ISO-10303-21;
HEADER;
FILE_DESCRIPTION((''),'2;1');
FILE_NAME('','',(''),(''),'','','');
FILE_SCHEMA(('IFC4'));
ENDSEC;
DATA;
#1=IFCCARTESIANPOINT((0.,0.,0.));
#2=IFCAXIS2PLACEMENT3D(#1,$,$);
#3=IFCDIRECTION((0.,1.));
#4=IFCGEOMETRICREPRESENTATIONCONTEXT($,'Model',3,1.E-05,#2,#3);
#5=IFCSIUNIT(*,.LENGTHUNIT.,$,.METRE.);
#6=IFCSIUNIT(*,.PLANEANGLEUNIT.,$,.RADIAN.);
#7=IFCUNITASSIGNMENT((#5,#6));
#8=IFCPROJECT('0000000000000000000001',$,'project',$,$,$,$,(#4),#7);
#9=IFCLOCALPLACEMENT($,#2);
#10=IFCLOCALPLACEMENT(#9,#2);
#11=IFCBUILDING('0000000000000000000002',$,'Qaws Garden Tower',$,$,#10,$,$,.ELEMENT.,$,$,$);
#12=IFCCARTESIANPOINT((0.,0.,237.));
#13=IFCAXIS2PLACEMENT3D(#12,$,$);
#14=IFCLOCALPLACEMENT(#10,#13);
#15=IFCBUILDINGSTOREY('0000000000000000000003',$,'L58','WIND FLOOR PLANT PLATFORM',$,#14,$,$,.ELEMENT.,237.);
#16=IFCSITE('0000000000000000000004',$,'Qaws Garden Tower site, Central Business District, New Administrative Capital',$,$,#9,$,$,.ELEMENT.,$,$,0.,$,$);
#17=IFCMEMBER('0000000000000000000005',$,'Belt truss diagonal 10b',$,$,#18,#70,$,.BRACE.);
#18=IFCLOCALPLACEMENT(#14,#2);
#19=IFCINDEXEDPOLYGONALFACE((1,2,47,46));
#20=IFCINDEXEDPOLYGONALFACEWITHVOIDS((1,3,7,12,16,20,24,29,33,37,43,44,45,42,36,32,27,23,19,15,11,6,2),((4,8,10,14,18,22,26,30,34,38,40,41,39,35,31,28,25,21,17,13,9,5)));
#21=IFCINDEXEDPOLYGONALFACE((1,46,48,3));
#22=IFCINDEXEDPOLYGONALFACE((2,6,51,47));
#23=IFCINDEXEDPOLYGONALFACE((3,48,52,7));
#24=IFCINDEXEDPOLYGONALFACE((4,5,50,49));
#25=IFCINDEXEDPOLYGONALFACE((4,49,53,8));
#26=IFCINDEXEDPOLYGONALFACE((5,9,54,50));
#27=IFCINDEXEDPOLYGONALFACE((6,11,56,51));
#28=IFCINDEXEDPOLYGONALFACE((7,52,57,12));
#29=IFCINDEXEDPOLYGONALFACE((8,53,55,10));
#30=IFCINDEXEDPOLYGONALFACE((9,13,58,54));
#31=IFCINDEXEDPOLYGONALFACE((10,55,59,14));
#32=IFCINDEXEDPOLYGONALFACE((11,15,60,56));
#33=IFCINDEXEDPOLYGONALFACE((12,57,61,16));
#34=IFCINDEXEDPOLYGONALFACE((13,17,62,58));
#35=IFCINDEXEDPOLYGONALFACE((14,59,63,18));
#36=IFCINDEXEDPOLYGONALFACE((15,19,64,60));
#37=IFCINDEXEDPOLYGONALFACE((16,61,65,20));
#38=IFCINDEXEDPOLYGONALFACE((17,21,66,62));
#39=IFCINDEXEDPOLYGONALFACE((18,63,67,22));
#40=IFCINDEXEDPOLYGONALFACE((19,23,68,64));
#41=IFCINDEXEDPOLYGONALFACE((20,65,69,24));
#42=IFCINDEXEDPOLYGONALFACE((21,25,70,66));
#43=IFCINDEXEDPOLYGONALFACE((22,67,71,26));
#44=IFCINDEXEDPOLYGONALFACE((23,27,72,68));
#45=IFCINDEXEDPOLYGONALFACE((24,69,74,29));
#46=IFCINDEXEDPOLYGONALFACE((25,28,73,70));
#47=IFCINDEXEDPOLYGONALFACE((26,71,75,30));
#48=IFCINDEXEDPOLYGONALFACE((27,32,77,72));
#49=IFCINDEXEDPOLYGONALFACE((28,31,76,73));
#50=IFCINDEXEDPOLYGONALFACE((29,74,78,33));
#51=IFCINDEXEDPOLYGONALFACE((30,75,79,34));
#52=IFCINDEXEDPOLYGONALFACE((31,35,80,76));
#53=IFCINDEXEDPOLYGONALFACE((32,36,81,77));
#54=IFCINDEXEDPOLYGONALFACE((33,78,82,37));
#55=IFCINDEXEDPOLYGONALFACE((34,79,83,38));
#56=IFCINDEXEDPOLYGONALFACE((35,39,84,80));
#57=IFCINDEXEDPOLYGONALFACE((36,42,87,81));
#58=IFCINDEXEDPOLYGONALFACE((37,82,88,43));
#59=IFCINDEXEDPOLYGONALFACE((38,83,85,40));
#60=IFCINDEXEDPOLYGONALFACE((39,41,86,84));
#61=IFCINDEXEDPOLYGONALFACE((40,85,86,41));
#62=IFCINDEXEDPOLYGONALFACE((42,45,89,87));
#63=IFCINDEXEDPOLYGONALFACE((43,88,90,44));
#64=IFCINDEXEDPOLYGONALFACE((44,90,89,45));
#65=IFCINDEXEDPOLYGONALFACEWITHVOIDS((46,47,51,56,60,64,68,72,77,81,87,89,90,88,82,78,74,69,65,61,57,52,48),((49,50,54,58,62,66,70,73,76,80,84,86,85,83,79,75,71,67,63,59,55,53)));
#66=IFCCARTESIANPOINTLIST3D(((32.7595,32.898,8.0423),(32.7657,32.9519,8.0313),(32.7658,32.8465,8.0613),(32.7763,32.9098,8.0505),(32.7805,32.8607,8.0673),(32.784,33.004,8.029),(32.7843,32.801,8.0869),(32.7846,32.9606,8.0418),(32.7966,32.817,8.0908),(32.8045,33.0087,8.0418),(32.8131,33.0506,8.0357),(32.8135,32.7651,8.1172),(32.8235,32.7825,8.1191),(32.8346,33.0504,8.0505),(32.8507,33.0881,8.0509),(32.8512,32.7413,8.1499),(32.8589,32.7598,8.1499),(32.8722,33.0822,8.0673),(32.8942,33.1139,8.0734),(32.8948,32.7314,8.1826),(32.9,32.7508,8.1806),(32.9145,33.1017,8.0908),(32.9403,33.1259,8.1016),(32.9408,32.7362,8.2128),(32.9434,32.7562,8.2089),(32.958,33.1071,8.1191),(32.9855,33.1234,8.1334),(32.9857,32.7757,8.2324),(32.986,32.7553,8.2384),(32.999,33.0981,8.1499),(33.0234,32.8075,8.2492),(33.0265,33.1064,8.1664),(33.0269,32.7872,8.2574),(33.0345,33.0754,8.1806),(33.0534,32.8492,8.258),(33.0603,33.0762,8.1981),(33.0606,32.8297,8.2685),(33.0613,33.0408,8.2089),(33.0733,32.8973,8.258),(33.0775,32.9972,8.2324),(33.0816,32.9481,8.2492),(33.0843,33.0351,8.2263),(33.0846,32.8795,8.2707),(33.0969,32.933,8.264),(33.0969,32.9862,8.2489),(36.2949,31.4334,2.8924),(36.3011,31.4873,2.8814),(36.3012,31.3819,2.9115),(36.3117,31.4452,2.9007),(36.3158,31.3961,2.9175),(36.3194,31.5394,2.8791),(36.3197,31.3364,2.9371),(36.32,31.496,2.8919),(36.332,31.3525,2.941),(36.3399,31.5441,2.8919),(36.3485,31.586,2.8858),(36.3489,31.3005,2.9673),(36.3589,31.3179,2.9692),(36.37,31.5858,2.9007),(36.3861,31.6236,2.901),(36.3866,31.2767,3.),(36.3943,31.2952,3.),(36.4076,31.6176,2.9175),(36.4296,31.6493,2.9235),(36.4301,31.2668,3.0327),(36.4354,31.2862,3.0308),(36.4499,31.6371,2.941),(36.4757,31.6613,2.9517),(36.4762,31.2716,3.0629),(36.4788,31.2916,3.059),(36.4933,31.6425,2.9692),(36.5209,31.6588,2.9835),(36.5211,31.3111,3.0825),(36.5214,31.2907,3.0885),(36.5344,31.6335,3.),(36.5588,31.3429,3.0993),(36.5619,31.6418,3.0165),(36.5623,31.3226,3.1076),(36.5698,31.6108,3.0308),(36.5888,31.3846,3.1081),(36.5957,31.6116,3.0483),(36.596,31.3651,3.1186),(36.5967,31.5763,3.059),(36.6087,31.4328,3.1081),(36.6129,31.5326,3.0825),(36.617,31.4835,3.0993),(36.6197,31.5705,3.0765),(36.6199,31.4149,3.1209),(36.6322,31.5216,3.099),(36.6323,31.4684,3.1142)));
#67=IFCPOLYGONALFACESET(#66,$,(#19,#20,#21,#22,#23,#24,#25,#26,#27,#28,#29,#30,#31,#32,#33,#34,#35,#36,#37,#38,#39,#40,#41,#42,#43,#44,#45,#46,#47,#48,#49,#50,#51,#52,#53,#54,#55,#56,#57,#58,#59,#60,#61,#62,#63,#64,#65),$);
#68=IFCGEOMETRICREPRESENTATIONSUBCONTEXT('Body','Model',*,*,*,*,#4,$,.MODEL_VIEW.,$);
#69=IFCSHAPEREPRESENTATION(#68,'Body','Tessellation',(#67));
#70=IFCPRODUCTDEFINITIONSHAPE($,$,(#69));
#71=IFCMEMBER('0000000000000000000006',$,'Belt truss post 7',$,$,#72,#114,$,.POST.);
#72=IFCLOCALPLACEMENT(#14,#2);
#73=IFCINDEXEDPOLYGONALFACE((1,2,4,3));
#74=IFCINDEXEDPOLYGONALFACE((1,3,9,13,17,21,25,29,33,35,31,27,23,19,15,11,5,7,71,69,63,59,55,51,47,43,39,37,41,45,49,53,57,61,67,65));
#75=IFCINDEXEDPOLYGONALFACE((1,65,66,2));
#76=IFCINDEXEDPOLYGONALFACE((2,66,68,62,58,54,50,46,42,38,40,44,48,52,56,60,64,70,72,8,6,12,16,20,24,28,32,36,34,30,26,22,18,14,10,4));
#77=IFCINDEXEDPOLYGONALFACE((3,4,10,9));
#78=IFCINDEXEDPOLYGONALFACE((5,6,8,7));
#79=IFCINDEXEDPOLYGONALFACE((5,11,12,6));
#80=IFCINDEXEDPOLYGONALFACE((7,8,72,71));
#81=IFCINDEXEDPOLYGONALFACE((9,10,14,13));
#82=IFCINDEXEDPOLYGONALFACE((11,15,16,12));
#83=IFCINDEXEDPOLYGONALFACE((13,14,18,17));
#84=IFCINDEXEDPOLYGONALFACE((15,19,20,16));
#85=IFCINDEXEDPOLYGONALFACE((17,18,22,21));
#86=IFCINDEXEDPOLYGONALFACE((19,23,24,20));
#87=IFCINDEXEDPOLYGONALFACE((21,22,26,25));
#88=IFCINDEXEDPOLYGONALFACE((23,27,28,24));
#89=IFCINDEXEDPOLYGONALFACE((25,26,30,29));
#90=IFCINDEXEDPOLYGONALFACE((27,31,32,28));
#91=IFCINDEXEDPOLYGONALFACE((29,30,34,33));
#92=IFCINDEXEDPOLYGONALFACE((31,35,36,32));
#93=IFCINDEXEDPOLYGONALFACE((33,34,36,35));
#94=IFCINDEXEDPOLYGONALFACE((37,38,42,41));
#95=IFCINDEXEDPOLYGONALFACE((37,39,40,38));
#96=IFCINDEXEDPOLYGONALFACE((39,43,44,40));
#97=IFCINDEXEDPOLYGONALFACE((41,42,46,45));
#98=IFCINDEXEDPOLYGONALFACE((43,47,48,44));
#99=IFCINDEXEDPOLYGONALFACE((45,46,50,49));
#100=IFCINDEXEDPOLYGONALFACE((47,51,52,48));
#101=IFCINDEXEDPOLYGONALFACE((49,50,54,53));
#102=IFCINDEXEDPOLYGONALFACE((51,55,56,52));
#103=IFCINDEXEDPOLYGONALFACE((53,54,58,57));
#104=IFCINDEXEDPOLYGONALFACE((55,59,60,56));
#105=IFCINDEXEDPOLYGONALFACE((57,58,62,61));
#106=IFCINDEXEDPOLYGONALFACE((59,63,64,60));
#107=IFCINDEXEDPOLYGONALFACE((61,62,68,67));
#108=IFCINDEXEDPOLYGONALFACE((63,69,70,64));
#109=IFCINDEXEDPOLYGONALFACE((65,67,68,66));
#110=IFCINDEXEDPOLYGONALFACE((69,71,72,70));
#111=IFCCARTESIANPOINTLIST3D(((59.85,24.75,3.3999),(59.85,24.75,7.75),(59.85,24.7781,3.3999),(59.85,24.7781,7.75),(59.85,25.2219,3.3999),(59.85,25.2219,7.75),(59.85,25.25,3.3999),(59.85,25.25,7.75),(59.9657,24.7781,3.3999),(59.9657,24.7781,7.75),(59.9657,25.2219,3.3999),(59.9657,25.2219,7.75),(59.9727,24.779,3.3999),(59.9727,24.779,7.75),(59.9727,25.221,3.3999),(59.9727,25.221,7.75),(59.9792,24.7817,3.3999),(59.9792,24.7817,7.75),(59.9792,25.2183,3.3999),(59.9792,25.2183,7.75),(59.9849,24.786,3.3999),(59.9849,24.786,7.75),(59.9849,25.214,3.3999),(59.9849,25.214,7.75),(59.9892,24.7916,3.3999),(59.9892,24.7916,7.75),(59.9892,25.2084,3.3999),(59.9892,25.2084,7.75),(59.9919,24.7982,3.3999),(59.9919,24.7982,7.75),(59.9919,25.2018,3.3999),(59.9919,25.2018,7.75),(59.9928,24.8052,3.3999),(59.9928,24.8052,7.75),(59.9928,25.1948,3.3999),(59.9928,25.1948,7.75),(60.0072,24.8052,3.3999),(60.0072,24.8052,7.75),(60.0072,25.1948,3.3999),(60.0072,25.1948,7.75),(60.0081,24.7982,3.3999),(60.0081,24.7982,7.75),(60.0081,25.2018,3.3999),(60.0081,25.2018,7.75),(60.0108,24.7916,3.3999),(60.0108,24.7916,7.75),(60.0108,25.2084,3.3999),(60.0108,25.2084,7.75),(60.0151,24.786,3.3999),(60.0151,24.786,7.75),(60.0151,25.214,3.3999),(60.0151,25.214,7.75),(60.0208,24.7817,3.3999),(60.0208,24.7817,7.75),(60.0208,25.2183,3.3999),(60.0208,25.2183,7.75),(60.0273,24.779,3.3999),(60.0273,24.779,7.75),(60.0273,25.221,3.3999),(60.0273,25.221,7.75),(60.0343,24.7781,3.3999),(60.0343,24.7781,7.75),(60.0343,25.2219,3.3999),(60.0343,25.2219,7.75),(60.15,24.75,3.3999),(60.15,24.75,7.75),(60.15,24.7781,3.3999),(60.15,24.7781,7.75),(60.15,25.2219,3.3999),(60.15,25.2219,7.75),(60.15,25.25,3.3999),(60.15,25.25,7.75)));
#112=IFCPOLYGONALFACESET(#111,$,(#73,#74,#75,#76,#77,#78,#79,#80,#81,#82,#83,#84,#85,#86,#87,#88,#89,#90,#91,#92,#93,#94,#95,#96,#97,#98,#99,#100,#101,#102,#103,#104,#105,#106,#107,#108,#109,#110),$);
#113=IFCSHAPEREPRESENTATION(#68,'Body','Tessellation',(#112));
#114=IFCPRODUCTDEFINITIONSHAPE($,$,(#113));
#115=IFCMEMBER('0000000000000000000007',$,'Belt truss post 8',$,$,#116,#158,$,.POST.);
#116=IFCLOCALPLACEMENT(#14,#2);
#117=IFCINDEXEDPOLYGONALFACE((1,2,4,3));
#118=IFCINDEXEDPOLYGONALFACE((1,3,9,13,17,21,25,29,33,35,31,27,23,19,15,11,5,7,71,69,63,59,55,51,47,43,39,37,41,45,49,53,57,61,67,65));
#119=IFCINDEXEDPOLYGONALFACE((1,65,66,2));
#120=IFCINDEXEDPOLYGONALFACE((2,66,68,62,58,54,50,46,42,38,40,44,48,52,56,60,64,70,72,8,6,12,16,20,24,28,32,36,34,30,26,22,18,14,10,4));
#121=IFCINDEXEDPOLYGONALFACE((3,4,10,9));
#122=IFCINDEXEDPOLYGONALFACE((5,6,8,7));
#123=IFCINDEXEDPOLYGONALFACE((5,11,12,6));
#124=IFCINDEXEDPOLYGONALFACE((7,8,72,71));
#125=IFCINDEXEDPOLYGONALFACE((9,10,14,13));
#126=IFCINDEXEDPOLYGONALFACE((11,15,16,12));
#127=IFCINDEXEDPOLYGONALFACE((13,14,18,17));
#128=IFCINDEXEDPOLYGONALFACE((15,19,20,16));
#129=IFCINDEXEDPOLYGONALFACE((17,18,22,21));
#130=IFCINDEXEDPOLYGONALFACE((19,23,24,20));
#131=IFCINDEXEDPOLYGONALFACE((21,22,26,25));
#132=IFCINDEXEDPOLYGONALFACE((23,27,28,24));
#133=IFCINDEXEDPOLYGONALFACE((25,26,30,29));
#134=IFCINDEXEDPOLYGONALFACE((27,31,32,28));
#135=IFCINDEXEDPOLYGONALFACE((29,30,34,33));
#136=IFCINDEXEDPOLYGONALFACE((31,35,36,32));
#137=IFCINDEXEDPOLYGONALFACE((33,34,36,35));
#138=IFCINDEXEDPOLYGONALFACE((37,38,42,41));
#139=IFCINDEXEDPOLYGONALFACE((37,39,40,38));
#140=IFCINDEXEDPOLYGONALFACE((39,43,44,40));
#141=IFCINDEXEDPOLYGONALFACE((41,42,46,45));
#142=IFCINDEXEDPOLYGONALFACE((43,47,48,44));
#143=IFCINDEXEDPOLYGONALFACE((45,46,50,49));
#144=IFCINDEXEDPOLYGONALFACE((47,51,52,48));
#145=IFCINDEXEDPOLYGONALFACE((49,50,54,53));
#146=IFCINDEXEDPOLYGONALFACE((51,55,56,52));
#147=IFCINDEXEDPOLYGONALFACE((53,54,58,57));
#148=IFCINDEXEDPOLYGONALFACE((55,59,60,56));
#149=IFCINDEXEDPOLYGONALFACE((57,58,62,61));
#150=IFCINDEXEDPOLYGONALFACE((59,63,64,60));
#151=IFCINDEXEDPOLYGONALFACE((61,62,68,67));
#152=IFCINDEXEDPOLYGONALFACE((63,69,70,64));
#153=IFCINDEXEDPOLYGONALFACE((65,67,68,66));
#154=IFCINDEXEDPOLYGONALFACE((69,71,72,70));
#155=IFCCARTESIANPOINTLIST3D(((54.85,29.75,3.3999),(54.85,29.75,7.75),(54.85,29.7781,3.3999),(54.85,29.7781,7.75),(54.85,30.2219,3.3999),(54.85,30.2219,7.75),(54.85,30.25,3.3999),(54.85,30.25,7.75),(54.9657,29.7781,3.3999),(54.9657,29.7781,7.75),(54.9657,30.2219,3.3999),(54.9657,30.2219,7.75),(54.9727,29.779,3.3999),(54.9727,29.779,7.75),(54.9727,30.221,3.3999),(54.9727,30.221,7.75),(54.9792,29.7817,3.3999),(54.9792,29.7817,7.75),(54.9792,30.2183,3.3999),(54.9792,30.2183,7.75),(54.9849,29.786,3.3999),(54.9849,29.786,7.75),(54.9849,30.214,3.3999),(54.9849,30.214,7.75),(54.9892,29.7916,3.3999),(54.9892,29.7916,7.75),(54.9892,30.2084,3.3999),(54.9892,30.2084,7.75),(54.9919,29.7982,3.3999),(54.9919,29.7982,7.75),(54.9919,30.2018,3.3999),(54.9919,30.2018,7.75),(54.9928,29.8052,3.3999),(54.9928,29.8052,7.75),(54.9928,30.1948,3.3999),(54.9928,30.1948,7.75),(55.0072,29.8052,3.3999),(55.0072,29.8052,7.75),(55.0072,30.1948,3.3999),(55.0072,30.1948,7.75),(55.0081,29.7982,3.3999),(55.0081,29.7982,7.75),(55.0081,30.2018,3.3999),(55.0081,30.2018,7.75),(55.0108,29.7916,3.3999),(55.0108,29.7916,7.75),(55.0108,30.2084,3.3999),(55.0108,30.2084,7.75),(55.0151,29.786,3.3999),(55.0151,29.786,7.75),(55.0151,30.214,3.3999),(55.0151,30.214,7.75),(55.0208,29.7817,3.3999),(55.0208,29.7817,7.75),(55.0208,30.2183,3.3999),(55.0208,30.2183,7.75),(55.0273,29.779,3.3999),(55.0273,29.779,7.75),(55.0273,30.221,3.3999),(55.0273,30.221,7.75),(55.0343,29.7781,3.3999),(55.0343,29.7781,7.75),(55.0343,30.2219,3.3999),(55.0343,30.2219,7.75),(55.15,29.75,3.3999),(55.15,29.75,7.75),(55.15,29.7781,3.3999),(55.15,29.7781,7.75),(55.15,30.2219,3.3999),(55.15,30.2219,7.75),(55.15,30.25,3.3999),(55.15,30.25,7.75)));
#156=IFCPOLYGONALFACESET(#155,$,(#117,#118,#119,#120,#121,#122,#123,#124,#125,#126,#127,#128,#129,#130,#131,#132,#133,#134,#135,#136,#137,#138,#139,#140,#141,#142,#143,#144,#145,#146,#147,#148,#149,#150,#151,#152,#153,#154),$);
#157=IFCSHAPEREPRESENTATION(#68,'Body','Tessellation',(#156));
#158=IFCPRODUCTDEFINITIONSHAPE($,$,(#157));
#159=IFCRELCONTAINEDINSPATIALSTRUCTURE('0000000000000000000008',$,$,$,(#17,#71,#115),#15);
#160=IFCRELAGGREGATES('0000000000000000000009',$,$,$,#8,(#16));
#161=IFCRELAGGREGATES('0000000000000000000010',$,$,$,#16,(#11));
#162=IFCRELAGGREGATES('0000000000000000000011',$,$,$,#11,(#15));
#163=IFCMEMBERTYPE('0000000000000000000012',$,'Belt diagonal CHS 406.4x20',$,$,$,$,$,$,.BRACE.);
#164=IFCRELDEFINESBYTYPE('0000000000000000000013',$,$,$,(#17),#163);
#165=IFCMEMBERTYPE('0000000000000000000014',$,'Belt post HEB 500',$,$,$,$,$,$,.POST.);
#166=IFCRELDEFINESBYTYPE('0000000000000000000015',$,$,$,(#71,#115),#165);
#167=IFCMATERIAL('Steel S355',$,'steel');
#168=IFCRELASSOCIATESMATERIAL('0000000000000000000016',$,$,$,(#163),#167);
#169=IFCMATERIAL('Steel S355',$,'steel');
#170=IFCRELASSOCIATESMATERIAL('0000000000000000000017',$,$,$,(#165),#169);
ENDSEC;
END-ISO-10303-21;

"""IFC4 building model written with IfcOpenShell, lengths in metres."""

from ifc_helpers import new_model, si_unit, direction, frame, origin, origin_2d, place, context, subcontext, project, spatial, hollow_circle, i_section, extrude, material, material_profile, profile_set, type_object, element, save


model = new_model("IFC4")

# Units and contexts
model_context = context("Model", 3, precision=1e-05, world=origin(), true_north=direction((0.0, 1.0)))
body_context = subcontext(model_context, "Body", "Model", "MODEL_VIEW")
ifc_project = project(units=[si_unit("LENGTHUNIT", "METRE"), si_unit("PLANEANGLEUNIT", "RADIAN")], contexts=[model_context])

# Site, building, storey
site_placement = place(None, origin())
site = spatial("IfcSite", under=ifc_project, at=site_placement, Name="Qaws Garden Tower site, Central Business District, New Administrative Capital", CompositionType="ELEMENT", RefElevation=0.0)
building_placement = place(site_placement, origin())
building = spatial("IfcBuilding", under=site, at=building_placement, Name="Qaws Garden Tower", CompositionType="ELEMENT")
storey_placement = place(building_placement, frame((0.0, 0.0, 237.0)))
storey = spatial("IfcBuildingStorey", under=building, at=storey_placement, Name="L58", Description="WIND FLOOR PLANT PLATFORM", CompositionType="ELEMENT", Elevation=237.0)

# Members
ifc_material_1 = material(Name="Steel S355", Category="steel")
ifc_material_profile_1 = material_profile(ifc_material_1, hollow_circle(Radius=0.2031, WallThickness=0.02, at=origin_2d()), Name="CHS 406.4x20")
ifc_profile_set_1 = profile_set([ifc_material_profile_1], Name="Steel S355")
member_type_1 = type_object("IfcMemberType", Name="Belt diagonal CHS 406.4x20", PredefinedType="BRACE", material=ifc_profile_set_1)
for number, where, z_axis, x_axis, name in (
    (1, (36.4644, 31.4644, 3.0), (-0.551025, 0.228271, 0.80266), (-0.382726, -0.923862, 0.0), "Belt truss diagonal 10b"),
):
    element("IfcMember", number, at=place(storey_placement, frame(where, z_axis=z_axis, x_axis=x_axis)), inside=storey, type_object=member_type_1, Name=name, PredefinedType="BRACE", context=body_context, shape_type="SweptSolid", body=[
        extrude(hollow_circle(Radius=0.2031, WallThickness=0.02, at=origin_2d()), origin(), (0.0, 0.0, 1.0), 6.416),
    ])
ifc_material_2 = material(Name="Steel S355", Category="steel")
ifc_material_profile_2 = material_profile(ifc_material_2, i_section(OverallWidth=0.3, OverallDepth=0.5, WebThickness=0.0144, FlangeThickness=0.0281, FilletRadius=0.0271, at=origin_2d()), Name="HEB 500")
ifc_profile_set_2 = profile_set([ifc_material_profile_2], Name="Steel S355")
member_type_2 = type_object("IfcMemberType", Name="Belt post HEB 500", PredefinedType="POST", material=ifc_profile_set_2)
placement_1 = place(storey_placement, frame((60.0, 25.0, 3.3999), z_axis=(0.0, 0.0, 1.0), x_axis=(1.0, 0.0, 0.0)))
element("IfcMember", 2, at=placement_1, inside=storey, type_object=member_type_2, Name="Belt truss post 7", PredefinedType="POST", context=body_context, shape_type="SweptSolid", body=[
    extrude(i_section(OverallWidth=0.3, OverallDepth=0.5, WebThickness=0.0144, FlangeThickness=0.0281, FilletRadius=0.0271, at=origin_2d()), origin(), (0.0, 0.0, 1.0), 4.3501),
])
placement_2 = place(storey_placement, frame((55.0, 30.0, 3.3999), z_axis=(0.0, 0.0, 1.0), x_axis=(1.0, 0.0, 0.0)))
element("IfcMember", 3, at=placement_2, inside=storey, type_object=member_type_2, Name="Belt truss post 8", PredefinedType="POST", context=body_context, shape_type="SweptSolid", body=[
    extrude(i_section(OverallWidth=0.3, OverallDepth=0.5, WebThickness=0.0144, FlangeThickness=0.0281, FilletRadius=0.0271, at=origin_2d()), origin(), (0.0, 0.0, 1.0), 4.3501),
])

save(model, "model.ifc")
